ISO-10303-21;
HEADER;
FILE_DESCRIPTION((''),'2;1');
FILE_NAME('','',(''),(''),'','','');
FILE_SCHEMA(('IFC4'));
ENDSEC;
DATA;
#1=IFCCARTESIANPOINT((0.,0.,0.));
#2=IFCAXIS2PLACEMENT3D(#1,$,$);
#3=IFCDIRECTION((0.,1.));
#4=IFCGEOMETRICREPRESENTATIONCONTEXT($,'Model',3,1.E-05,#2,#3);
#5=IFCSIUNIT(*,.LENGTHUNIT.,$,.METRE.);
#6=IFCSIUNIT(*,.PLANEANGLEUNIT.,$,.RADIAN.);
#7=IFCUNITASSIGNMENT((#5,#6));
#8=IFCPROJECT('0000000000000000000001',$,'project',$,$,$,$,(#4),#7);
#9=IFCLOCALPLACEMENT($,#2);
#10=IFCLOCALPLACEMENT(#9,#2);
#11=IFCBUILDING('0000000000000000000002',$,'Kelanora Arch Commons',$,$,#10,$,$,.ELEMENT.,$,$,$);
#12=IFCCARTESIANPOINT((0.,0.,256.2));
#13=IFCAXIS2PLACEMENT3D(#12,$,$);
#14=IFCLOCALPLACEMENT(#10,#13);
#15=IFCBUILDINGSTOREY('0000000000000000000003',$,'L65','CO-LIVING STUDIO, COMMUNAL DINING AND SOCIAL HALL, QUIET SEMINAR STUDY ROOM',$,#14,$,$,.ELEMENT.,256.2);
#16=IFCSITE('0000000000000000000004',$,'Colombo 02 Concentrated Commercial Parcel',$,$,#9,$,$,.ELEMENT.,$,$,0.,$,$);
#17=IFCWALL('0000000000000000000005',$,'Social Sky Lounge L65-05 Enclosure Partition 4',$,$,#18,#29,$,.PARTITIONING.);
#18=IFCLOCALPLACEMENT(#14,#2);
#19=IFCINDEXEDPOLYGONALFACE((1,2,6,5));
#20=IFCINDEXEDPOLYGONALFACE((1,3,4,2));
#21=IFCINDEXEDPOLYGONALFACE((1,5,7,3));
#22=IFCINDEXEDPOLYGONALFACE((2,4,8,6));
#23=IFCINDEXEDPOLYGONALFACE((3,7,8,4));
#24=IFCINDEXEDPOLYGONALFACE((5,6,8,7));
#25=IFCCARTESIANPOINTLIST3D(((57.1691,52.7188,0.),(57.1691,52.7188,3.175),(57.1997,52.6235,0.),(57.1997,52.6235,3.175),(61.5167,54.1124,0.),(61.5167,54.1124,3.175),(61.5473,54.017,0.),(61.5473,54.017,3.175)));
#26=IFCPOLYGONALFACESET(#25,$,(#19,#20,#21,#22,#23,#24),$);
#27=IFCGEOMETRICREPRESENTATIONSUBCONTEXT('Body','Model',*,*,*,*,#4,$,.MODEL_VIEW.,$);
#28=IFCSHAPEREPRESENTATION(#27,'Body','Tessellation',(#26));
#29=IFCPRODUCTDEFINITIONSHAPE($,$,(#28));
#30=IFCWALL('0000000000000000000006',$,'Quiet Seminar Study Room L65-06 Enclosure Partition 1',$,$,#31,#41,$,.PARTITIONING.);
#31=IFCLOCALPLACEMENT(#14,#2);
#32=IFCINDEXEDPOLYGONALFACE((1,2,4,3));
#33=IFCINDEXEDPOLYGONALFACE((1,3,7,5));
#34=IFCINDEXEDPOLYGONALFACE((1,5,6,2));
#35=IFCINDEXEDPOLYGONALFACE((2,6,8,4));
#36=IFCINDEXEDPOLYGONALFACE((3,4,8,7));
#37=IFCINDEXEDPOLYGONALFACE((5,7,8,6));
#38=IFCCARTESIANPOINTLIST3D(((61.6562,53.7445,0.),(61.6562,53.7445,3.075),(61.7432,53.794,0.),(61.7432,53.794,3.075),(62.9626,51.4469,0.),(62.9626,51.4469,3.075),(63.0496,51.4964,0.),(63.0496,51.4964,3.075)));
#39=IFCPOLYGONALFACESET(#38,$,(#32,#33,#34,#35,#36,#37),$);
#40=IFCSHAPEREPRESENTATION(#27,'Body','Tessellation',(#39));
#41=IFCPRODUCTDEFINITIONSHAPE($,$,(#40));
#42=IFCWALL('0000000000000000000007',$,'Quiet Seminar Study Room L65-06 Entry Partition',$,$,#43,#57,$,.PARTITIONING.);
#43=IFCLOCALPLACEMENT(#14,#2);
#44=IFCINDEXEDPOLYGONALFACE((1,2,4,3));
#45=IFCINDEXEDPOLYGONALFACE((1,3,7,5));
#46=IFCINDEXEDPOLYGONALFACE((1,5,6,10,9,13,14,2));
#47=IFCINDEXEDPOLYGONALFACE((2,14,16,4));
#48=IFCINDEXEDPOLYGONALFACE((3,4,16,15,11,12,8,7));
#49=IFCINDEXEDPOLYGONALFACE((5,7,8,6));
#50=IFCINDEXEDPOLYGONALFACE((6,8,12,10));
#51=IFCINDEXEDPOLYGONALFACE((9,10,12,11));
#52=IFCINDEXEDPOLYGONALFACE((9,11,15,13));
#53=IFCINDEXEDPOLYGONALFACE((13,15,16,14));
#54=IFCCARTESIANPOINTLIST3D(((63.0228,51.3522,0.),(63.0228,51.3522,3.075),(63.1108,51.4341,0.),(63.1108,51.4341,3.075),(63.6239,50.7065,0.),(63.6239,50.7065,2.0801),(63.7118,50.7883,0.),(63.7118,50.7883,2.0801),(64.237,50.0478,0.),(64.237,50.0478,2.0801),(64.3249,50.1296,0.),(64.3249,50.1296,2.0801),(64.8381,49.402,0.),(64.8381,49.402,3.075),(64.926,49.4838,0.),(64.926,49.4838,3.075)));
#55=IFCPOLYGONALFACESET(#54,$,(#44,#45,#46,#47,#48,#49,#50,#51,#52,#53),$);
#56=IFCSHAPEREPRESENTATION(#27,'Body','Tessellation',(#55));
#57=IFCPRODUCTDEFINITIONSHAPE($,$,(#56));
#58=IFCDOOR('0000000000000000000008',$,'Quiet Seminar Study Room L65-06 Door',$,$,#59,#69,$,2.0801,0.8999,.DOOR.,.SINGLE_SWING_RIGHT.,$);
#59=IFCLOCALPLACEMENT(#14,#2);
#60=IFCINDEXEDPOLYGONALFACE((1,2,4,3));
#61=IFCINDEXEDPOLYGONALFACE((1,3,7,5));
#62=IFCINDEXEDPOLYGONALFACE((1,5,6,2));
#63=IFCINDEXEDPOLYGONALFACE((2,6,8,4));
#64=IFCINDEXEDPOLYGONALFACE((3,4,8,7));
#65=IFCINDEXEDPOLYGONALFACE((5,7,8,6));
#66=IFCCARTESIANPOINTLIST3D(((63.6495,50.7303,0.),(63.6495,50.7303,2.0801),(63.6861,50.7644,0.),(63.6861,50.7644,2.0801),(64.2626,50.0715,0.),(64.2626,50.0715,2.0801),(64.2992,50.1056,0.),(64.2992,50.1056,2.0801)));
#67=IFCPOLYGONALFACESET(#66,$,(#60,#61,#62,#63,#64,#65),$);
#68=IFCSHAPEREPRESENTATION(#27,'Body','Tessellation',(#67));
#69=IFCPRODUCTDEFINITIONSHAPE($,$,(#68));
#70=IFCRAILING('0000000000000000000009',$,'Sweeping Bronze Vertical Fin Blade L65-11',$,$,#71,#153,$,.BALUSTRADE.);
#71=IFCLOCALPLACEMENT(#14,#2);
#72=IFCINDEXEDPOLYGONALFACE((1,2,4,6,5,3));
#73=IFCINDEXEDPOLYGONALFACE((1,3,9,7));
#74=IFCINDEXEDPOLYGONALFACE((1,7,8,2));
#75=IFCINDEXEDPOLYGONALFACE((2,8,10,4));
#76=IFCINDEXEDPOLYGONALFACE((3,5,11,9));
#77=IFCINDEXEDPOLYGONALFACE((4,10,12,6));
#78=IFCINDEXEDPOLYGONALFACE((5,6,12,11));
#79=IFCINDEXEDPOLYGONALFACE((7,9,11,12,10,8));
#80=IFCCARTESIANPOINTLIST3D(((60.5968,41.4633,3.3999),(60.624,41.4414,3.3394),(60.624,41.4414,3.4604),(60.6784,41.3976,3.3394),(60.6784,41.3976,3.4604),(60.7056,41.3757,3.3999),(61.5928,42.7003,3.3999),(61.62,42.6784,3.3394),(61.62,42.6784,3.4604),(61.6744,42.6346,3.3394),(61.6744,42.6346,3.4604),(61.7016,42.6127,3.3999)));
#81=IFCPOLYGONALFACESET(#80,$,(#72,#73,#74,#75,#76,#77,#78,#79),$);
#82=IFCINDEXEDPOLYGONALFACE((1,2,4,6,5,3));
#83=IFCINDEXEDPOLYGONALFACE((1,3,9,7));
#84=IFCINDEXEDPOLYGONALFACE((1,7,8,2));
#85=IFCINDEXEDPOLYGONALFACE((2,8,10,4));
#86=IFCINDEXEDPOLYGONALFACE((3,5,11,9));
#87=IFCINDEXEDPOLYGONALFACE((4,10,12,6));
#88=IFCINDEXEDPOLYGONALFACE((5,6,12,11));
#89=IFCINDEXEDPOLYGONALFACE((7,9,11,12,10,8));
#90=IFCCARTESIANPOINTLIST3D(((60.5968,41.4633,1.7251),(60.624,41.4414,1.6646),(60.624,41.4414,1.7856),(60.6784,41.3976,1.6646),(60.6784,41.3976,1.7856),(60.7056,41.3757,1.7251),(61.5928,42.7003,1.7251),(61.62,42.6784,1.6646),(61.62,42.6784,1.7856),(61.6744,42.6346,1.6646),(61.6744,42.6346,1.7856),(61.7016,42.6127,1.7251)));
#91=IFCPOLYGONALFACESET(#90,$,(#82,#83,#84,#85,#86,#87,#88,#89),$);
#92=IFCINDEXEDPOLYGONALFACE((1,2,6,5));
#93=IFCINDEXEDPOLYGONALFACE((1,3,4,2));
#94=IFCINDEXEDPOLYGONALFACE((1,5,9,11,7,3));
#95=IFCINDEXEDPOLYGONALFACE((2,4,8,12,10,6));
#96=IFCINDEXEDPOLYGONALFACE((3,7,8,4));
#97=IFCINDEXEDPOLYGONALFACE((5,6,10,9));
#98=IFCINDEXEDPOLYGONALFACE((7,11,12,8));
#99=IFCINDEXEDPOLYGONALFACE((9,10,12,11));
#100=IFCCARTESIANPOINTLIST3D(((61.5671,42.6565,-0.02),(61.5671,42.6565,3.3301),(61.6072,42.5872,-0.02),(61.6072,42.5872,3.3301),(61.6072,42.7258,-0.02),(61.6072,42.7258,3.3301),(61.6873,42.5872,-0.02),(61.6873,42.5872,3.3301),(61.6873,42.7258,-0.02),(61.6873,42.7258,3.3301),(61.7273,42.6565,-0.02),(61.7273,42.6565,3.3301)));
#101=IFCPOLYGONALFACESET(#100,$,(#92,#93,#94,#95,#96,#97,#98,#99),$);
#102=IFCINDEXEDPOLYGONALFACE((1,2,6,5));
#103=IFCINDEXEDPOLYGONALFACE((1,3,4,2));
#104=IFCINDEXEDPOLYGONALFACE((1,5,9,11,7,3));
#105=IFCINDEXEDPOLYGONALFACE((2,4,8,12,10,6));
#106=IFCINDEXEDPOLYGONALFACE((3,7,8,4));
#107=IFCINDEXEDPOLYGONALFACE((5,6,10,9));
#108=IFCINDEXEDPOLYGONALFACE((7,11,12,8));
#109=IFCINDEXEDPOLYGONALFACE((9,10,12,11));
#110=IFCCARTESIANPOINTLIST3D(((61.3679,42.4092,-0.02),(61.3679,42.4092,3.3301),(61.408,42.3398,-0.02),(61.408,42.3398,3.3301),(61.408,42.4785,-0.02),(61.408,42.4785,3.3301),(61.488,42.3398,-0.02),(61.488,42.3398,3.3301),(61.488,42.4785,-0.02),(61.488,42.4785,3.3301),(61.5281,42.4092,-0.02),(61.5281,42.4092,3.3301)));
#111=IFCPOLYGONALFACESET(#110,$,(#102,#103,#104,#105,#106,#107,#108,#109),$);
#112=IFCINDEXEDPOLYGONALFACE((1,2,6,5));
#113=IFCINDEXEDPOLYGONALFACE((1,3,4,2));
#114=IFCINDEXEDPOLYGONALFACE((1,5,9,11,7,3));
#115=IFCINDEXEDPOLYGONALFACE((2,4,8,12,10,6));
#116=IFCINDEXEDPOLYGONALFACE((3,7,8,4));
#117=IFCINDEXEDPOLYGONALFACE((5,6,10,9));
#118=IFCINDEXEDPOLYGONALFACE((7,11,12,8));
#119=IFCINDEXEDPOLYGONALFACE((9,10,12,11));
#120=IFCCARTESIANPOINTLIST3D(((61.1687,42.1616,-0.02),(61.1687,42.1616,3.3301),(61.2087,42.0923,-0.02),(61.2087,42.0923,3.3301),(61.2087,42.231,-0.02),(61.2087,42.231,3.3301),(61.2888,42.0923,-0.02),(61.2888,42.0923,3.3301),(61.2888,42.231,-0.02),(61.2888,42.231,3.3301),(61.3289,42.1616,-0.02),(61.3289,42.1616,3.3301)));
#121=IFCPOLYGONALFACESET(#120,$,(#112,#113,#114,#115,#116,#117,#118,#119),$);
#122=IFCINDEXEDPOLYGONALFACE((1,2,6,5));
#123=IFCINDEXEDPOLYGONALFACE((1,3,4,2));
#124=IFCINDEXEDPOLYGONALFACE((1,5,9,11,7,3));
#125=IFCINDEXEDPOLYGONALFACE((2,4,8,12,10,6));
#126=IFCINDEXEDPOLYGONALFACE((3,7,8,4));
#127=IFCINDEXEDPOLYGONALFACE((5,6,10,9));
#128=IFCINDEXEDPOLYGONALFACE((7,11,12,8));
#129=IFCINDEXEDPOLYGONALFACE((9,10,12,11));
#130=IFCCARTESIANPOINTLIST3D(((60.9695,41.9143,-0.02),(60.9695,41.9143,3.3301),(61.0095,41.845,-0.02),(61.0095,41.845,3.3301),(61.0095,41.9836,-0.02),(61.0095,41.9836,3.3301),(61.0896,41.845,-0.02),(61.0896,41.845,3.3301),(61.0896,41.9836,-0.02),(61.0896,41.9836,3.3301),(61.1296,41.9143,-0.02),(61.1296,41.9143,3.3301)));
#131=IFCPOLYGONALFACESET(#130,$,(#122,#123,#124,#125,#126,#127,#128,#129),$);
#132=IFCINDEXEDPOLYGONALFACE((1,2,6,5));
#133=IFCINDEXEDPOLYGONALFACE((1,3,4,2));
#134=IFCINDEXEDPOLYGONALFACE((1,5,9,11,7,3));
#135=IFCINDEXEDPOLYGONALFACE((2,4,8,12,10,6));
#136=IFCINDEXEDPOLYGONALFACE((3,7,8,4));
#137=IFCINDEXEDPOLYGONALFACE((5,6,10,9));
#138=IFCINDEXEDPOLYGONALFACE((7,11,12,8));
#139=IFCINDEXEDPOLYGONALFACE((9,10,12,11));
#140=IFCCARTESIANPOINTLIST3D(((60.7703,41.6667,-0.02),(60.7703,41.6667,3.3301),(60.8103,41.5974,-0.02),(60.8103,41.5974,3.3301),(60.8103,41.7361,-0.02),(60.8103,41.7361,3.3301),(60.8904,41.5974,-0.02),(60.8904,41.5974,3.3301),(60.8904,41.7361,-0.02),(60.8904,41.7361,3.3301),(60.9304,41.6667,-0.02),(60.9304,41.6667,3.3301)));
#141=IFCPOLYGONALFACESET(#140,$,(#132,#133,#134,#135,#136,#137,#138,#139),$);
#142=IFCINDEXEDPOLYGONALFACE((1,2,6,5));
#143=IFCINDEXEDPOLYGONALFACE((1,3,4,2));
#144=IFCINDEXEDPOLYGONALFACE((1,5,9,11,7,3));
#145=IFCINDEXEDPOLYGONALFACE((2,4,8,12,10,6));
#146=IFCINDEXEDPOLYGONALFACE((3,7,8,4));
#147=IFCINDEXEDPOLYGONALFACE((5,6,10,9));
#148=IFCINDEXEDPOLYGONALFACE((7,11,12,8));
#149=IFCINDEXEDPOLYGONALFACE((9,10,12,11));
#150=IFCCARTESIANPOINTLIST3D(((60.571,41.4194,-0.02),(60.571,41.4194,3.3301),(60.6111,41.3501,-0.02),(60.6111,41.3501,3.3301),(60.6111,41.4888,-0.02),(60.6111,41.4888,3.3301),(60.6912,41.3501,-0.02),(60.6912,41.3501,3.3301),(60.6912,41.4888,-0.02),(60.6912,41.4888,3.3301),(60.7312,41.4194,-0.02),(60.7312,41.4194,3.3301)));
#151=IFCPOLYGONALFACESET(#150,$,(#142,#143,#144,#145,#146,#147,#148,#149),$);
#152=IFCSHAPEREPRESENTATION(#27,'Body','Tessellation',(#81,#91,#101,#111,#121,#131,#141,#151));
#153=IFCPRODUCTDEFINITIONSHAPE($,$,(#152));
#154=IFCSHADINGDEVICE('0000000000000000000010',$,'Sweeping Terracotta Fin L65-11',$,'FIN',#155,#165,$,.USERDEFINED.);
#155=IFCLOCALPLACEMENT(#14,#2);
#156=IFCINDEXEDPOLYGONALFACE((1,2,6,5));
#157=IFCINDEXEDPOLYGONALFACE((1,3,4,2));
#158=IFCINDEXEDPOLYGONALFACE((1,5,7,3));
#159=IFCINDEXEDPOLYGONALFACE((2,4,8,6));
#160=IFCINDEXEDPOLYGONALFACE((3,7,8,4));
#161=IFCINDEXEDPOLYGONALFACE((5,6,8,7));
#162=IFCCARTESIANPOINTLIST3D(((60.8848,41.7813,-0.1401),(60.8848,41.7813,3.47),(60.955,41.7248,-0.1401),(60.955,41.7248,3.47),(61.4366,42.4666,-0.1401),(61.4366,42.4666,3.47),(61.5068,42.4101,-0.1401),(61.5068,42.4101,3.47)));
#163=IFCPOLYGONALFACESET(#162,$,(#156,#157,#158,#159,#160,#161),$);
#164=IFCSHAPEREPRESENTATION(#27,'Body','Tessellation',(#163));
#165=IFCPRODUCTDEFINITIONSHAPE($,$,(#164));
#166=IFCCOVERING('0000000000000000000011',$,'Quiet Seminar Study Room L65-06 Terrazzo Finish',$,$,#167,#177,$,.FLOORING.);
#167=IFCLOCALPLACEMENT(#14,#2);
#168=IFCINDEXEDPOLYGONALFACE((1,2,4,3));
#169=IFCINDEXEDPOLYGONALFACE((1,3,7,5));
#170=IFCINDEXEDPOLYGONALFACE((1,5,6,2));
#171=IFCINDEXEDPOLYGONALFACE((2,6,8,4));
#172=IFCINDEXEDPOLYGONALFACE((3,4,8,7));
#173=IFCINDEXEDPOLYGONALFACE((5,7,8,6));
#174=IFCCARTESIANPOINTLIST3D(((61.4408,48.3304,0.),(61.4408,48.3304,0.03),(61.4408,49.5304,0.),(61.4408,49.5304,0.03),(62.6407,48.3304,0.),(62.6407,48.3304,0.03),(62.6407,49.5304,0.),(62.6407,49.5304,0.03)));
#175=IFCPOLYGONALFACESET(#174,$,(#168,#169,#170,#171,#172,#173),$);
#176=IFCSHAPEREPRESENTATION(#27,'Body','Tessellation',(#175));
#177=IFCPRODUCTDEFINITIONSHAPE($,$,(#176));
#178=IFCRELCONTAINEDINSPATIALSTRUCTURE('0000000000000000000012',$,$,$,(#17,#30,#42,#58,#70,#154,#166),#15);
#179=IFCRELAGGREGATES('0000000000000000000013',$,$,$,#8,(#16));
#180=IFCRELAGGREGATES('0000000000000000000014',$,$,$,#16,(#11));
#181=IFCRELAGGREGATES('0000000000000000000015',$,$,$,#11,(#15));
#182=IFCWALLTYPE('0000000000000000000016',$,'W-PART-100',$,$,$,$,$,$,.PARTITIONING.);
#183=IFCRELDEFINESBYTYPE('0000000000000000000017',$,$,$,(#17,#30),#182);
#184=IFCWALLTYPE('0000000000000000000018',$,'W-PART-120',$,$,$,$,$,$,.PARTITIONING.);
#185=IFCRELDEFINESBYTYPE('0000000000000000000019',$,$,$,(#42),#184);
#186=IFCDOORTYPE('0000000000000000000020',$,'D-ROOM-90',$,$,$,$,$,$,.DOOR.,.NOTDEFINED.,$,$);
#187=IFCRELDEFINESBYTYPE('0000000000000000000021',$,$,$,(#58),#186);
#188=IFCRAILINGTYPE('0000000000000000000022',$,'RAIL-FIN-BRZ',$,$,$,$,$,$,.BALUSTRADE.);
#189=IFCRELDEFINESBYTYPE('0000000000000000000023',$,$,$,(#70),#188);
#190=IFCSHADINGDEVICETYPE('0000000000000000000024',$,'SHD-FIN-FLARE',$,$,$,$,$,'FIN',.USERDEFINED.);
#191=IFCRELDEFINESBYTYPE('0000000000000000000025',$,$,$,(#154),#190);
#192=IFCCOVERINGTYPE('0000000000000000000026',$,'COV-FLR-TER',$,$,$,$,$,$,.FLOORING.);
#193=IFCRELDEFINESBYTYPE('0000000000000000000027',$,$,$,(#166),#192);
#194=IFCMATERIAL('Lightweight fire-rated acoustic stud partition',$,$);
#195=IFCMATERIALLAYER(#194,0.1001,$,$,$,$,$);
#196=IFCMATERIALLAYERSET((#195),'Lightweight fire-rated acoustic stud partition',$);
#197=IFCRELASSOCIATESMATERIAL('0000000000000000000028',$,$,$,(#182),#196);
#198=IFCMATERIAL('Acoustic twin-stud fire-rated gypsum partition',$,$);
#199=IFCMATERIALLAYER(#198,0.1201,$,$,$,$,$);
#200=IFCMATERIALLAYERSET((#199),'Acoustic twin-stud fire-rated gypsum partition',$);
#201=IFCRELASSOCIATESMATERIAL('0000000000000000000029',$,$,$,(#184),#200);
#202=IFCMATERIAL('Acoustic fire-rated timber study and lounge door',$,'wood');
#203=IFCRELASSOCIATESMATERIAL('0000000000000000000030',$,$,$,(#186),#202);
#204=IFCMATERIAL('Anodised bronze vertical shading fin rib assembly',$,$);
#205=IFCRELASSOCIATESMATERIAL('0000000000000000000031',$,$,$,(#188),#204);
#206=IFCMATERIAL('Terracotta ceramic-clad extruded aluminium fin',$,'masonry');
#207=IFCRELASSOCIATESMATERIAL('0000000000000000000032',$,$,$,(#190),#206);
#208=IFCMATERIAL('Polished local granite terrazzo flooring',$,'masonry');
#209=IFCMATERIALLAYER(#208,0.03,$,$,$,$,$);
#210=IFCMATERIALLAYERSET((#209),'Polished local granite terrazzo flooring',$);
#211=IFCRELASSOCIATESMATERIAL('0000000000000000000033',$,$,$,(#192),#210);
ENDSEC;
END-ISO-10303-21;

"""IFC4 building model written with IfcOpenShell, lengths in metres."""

from ifc_helpers import new_model, si_unit, direction, frame, frame_2d, origin, origin_2d, place, context, subcontext, project, spatial, polyline, rectangle, outline, extrude, source, transform, mapped, material, layer, layer_set, type_object, element, fill, save


model = new_model("IFC4")

# Units and contexts
model_context = context("Model", 3, precision=1e-05, world=origin(), true_north=direction((0.0, 1.0)))
body_context = subcontext(model_context, "Body", "Model", "MODEL_VIEW")
ifc_project = project(units=[si_unit("LENGTHUNIT", "METRE"), si_unit("PLANEANGLEUNIT", "RADIAN")], contexts=[model_context])

# Site, building, storey
site_placement = place(None, origin())
site = spatial("IfcSite", under=ifc_project, at=site_placement, Name="Colombo 02 Concentrated Commercial Parcel", CompositionType="ELEMENT", RefElevation=0.0)
building_placement = place(site_placement, origin())
building = spatial("IfcBuilding", under=site, at=building_placement, Name="Kelanora Arch Commons", CompositionType="ELEMENT")
storey_placement = place(building_placement, frame((0.0, 0.0, 256.2)))
storey = spatial("IfcBuildingStorey", under=building, at=storey_placement, Name="L65", Description="CO-LIVING STUDIO, COMMUNAL DINING AND SOCIAL HALL, QUIET SEMINAR STUDY ROOM", CompositionType="ELEMENT", Elevation=256.2)

# Walls
ifc_material_1 = material(Name="Lightweight fire-rated acoustic stud partition")
ifc_layer_1 = layer(ifc_material_1, 0.1001)
ifc_layer_set_1 = layer_set([ifc_layer_1], Name="Lightweight fire-rated acoustic stud partition")
wall_type_1 = type_object("IfcWallType", Name="W-PART-100", PredefinedType="PARTITIONING", material=ifc_layer_set_1)
wall_1_placement = place(storey_placement, frame((61.532, 54.0647, 0.0), z_axis=(0.0, 0.0, 1.0), x_axis=(-0.952278, -0.305234, 0.0)))
element("IfcWall", 1, at=wall_1_placement, inside=storey, type_object=wall_type_1, Name="Social Sky Lounge L65-05 Enclosure Partition 4", PredefinedType="PARTITIONING", context=body_context, shape_type="SweptSolid", body=[
    extrude(rectangle(XDim=4.5654, YDim=0.1001, at=frame_2d((2.2827, 0.0))), origin(), (0.0, 0.0, 1.0), 3.175),
])
wall_2_placement = place(storey_placement, frame((61.6997, 53.7693, 0.0), z_axis=(0.0, 0.0, 1.0), x_axis=(0.494278, -0.869304, 0.0)))
element("IfcWall", 2, at=wall_2_placement, inside=storey, type_object=wall_type_1, Name="Quiet Seminar Study Room L65-06 Enclosure Partition 1", PredefinedType="PARTITIONING", context=body_context, shape_type="SweptSolid", body=[
    extrude(rectangle(XDim=2.6431, YDim=0.1001, at=frame_2d((1.3215, 0.0))), origin(), (0.0, 0.0, 1.0), 3.075),
])

# Wall, opening, door
ifc_material_2 = material(Name="Acoustic twin-stud fire-rated gypsum partition")
ifc_layer_2 = layer(ifc_material_2, 0.1201)
ifc_layer_set_2 = layer_set([ifc_layer_2], Name="Acoustic twin-stud fire-rated gypsum partition")
wall_type_2 = type_object("IfcWallType", Name="W-PART-120", PredefinedType="PARTITIONING", material=ifc_layer_set_2)
wall_3_placement = place(storey_placement, frame((63.0669, 51.3931, 0.0), z_axis=(0.0, 0.0, 1.0), x_axis=(0.681315, -0.73199, 0.0)))
wall_3 = element("IfcWall", 3, at=wall_3_placement, inside=storey, type_object=wall_type_2, Name="Quiet Seminar Study Room L65-06 Entry Partition", PredefinedType="PARTITIONING", context=body_context, shape_type="SweptSolid", body=[
    extrude(rectangle(XDim=2.6643, YDim=0.1201, at=frame_2d((1.332, 0.0))), origin(), (0.0, 0.0, 1.0), 3.075),
])
opening_1_placement = place(wall_3_placement, frame((0.8821, 0.0, 0.0)))
opening_1 = element("IfcOpeningElement", 4, at=opening_1_placement, cuts=wall_3, PredefinedType="OPENING", context=body_context, shape_type="SweptSolid", body=[
    extrude(rectangle(XDim=0.8999, YDim=2.0801, at=frame_2d((0.45, 1.04))), frame((0.0, 0.0701, 0.0), z_axis=(0.0, -1.0, 0.0), x_axis=(1.0, 0.0, 0.0)), (0.0, 0.0, 1.0), 0.1401),
])
ifc_material_3 = material(Name="Acoustic fire-rated timber study and lounge door", Category="wood")
door_type = type_object("IfcDoorType", Name="D-ROOM-90", OperationType="NOTDEFINED", PredefinedType="DOOR", material=ifc_material_3)
door_placement = place(opening_1_placement, origin())
door = element("IfcDoor", 5, at=door_placement, inside=storey, type_object=door_type, Name="Quiet Seminar Study Room L65-06 Door", OperationType="SINGLE_SWING_RIGHT", OverallHeight=2.0801, OverallWidth=0.8999, PredefinedType="DOOR", context=body_context, shape_type="SweptSolid", body=[
    extrude(rectangle(XDim=0.8999, YDim=2.0801, at=frame_2d((0.45, 1.04))), frame((0.0, 0.0249, 0.0), z_axis=(0.0, -1.0, 0.0), x_axis=(1.0, 0.0, 0.0)), (0.0, 0.0, 1.0), 0.05),
])
fill(opening_1, door)

# Railing
ifc_material_4 = material(Name="Anodised bronze vertical shading fin rib assembly")
railing_type = type_object("IfcRailingType", Name="RAIL-FIN-BRZ", PredefinedType="BALUSTRADE", material=ifc_material_4)
railing_placement = place(storey_placement, frame((61.6472, 42.6565, -0.02)))
element("IfcRailing", 6, at=railing_placement, inside=storey, type_object=railing_type, Name="Sweeping Bronze Vertical Fin Blade L65-11", PredefinedType="BALUSTRADE", context=body_context, shape_type="SweptSolid", body=[
    extrude(outline(polyline([(0.0698, 0.0), (0.0349, 0.0605), (-0.0349, 0.0605), (-0.0698, 0.0), (-0.0349, -0.0605), (0.0349, -0.0605), (0.0698, 0.0)])), frame((0.0, 0.0, 3.4199), z_axis=(-0.627166, -0.778885, 0.0), x_axis=(0.778885, -0.627166, 0.0)), (0.0, 0.0, 1.0), 1.5881),
    extrude(outline(polyline([(0.0698, 0.0), (0.0349, 0.0605), (-0.0349, 0.0605), (-0.0698, 0.0), (-0.0349, -0.0605), (0.0349, -0.0605), (0.0698, 0.0)])), frame((0.0, 0.0, 1.7451), z_axis=(-0.627166, -0.778885, 0.0), x_axis=(0.778885, -0.627166, 0.0)), (0.0, 0.0, 1.0), 1.5881),
    extrude(outline(polyline([(0.0801, 0.0), (0.04, 0.0693), (-0.04, 0.0693), (-0.0801, 0.0), (-0.04, -0.0693), (0.04, -0.0693), (0.0801, 0.0)])), origin(), (0.0, 0.0, 1.0), 3.3501),
    extrude(outline(polyline([(0.0801, 0.0), (0.04, 0.0693), (-0.04, 0.0693), (-0.0801, 0.0), (-0.04, -0.0693), (0.04, -0.0693), (0.0801, 0.0)])), frame((-0.1992, -0.2473, 0.0)), (0.0, 0.0, 1.0), 3.3501),
    extrude(outline(polyline([(0.0801, 0.0), (0.04, 0.0693), (-0.04, 0.0693), (-0.0801, 0.0), (-0.04, -0.0693), (0.04, -0.0693), (0.0801, 0.0)])), frame((-0.3984, -0.4949, 0.0)), (0.0, 0.0, 1.0), 3.3501),
    extrude(outline(polyline([(0.0801, 0.0), (0.04, 0.0693), (-0.04, 0.0693), (-0.0801, 0.0), (-0.04, -0.0693), (0.04, -0.0693), (0.0801, 0.0)])), frame((-0.5977, -0.7422, 0.0)), (0.0, 0.0, 1.0), 3.3501),
    extrude(outline(polyline([(0.0801, 0.0), (0.04, 0.0693), (-0.04, 0.0693), (-0.0801, 0.0), (-0.04, -0.0693), (0.04, -0.0693), (0.0801, 0.0)])), frame((-0.7969, -0.9897, 0.0)), (0.0, 0.0, 1.0), 3.3501),
    extrude(outline(polyline([(0.0801, 0.0), (0.04, 0.0693), (-0.04, 0.0693), (-0.0801, 0.0), (-0.04, -0.0693), (0.04, -0.0693), (0.0801, 0.0)])), frame((-0.9961, -1.2371, 0.0)), (0.0, 0.0, 1.0), 3.3501),
])

# Shading device
ifc_material_5 = material(Name="Terracotta ceramic-clad extruded aluminium fin", Category="masonry")
shading_device_type = type_object("IfcShadingDeviceType", Name="SHD-FIN-FLARE", ElementType="FIN", PredefinedType="USERDEFINED", material=ifc_material_5)
shared_shape_1 = source(origin(), body_context, "Body", "SweptSolid", [
    extrude(rectangle(XDim=0.8799, YDim=0.0901, at=origin_2d()), origin(), (0.0, 0.0, 1.0), 3.6101),
])
shading_device_placement = place(storey_placement, frame((61.1958, 42.0957, -0.1401), z_axis=(0.0, 0.0, 1.0), x_axis=(-0.627148, -0.7789, 0.0)))
element("IfcShadingDevice", 7, at=shading_device_placement, inside=storey, type_object=shading_device_type, Name="Sweeping Terracotta Fin L65-11", ObjectType="FIN", PredefinedType="USERDEFINED", context=body_context, shape_type="MappedRepresentation", body=[
    mapped(shared_shape_1, transform((0.0, 0.0, 0.0), scale=1.0)),
])

# Covering
ifc_material_6 = material(Name="Polished local granite terrazzo flooring", Category="masonry")
ifc_layer_3 = layer(ifc_material_6, 0.03)
ifc_layer_set_3 = layer_set([ifc_layer_3], Name="Polished local granite terrazzo flooring")
covering_type = type_object("IfcCoveringType", Name="COV-FLR-TER", PredefinedType="FLOORING", material=ifc_layer_set_3)
shared_shape_2 = source(origin(), body_context, "Body", "SweptSolid", [
    extrude(rectangle(XDim=1.2, YDim=1.2, at=origin_2d()), origin(), (0.0, 0.0, 1.0), 0.03),
])
covering_placement = place(storey_placement, frame((62.0408, 48.9304, 0.0), z_axis=(0.0, 0.0, 1.0), x_axis=(1.0, 0.0, 0.0)))
element("IfcCovering", 8, at=covering_placement, inside=storey, type_object=covering_type, Name="Quiet Seminar Study Room L65-06 Terrazzo Finish", PredefinedType="FLOORING", context=body_context, shape_type="MappedRepresentation", body=[
    mapped(shared_shape_2, transform((0.0, 0.0, 0.0), scale=1.0)),
])

save(model, "model.ifc")
